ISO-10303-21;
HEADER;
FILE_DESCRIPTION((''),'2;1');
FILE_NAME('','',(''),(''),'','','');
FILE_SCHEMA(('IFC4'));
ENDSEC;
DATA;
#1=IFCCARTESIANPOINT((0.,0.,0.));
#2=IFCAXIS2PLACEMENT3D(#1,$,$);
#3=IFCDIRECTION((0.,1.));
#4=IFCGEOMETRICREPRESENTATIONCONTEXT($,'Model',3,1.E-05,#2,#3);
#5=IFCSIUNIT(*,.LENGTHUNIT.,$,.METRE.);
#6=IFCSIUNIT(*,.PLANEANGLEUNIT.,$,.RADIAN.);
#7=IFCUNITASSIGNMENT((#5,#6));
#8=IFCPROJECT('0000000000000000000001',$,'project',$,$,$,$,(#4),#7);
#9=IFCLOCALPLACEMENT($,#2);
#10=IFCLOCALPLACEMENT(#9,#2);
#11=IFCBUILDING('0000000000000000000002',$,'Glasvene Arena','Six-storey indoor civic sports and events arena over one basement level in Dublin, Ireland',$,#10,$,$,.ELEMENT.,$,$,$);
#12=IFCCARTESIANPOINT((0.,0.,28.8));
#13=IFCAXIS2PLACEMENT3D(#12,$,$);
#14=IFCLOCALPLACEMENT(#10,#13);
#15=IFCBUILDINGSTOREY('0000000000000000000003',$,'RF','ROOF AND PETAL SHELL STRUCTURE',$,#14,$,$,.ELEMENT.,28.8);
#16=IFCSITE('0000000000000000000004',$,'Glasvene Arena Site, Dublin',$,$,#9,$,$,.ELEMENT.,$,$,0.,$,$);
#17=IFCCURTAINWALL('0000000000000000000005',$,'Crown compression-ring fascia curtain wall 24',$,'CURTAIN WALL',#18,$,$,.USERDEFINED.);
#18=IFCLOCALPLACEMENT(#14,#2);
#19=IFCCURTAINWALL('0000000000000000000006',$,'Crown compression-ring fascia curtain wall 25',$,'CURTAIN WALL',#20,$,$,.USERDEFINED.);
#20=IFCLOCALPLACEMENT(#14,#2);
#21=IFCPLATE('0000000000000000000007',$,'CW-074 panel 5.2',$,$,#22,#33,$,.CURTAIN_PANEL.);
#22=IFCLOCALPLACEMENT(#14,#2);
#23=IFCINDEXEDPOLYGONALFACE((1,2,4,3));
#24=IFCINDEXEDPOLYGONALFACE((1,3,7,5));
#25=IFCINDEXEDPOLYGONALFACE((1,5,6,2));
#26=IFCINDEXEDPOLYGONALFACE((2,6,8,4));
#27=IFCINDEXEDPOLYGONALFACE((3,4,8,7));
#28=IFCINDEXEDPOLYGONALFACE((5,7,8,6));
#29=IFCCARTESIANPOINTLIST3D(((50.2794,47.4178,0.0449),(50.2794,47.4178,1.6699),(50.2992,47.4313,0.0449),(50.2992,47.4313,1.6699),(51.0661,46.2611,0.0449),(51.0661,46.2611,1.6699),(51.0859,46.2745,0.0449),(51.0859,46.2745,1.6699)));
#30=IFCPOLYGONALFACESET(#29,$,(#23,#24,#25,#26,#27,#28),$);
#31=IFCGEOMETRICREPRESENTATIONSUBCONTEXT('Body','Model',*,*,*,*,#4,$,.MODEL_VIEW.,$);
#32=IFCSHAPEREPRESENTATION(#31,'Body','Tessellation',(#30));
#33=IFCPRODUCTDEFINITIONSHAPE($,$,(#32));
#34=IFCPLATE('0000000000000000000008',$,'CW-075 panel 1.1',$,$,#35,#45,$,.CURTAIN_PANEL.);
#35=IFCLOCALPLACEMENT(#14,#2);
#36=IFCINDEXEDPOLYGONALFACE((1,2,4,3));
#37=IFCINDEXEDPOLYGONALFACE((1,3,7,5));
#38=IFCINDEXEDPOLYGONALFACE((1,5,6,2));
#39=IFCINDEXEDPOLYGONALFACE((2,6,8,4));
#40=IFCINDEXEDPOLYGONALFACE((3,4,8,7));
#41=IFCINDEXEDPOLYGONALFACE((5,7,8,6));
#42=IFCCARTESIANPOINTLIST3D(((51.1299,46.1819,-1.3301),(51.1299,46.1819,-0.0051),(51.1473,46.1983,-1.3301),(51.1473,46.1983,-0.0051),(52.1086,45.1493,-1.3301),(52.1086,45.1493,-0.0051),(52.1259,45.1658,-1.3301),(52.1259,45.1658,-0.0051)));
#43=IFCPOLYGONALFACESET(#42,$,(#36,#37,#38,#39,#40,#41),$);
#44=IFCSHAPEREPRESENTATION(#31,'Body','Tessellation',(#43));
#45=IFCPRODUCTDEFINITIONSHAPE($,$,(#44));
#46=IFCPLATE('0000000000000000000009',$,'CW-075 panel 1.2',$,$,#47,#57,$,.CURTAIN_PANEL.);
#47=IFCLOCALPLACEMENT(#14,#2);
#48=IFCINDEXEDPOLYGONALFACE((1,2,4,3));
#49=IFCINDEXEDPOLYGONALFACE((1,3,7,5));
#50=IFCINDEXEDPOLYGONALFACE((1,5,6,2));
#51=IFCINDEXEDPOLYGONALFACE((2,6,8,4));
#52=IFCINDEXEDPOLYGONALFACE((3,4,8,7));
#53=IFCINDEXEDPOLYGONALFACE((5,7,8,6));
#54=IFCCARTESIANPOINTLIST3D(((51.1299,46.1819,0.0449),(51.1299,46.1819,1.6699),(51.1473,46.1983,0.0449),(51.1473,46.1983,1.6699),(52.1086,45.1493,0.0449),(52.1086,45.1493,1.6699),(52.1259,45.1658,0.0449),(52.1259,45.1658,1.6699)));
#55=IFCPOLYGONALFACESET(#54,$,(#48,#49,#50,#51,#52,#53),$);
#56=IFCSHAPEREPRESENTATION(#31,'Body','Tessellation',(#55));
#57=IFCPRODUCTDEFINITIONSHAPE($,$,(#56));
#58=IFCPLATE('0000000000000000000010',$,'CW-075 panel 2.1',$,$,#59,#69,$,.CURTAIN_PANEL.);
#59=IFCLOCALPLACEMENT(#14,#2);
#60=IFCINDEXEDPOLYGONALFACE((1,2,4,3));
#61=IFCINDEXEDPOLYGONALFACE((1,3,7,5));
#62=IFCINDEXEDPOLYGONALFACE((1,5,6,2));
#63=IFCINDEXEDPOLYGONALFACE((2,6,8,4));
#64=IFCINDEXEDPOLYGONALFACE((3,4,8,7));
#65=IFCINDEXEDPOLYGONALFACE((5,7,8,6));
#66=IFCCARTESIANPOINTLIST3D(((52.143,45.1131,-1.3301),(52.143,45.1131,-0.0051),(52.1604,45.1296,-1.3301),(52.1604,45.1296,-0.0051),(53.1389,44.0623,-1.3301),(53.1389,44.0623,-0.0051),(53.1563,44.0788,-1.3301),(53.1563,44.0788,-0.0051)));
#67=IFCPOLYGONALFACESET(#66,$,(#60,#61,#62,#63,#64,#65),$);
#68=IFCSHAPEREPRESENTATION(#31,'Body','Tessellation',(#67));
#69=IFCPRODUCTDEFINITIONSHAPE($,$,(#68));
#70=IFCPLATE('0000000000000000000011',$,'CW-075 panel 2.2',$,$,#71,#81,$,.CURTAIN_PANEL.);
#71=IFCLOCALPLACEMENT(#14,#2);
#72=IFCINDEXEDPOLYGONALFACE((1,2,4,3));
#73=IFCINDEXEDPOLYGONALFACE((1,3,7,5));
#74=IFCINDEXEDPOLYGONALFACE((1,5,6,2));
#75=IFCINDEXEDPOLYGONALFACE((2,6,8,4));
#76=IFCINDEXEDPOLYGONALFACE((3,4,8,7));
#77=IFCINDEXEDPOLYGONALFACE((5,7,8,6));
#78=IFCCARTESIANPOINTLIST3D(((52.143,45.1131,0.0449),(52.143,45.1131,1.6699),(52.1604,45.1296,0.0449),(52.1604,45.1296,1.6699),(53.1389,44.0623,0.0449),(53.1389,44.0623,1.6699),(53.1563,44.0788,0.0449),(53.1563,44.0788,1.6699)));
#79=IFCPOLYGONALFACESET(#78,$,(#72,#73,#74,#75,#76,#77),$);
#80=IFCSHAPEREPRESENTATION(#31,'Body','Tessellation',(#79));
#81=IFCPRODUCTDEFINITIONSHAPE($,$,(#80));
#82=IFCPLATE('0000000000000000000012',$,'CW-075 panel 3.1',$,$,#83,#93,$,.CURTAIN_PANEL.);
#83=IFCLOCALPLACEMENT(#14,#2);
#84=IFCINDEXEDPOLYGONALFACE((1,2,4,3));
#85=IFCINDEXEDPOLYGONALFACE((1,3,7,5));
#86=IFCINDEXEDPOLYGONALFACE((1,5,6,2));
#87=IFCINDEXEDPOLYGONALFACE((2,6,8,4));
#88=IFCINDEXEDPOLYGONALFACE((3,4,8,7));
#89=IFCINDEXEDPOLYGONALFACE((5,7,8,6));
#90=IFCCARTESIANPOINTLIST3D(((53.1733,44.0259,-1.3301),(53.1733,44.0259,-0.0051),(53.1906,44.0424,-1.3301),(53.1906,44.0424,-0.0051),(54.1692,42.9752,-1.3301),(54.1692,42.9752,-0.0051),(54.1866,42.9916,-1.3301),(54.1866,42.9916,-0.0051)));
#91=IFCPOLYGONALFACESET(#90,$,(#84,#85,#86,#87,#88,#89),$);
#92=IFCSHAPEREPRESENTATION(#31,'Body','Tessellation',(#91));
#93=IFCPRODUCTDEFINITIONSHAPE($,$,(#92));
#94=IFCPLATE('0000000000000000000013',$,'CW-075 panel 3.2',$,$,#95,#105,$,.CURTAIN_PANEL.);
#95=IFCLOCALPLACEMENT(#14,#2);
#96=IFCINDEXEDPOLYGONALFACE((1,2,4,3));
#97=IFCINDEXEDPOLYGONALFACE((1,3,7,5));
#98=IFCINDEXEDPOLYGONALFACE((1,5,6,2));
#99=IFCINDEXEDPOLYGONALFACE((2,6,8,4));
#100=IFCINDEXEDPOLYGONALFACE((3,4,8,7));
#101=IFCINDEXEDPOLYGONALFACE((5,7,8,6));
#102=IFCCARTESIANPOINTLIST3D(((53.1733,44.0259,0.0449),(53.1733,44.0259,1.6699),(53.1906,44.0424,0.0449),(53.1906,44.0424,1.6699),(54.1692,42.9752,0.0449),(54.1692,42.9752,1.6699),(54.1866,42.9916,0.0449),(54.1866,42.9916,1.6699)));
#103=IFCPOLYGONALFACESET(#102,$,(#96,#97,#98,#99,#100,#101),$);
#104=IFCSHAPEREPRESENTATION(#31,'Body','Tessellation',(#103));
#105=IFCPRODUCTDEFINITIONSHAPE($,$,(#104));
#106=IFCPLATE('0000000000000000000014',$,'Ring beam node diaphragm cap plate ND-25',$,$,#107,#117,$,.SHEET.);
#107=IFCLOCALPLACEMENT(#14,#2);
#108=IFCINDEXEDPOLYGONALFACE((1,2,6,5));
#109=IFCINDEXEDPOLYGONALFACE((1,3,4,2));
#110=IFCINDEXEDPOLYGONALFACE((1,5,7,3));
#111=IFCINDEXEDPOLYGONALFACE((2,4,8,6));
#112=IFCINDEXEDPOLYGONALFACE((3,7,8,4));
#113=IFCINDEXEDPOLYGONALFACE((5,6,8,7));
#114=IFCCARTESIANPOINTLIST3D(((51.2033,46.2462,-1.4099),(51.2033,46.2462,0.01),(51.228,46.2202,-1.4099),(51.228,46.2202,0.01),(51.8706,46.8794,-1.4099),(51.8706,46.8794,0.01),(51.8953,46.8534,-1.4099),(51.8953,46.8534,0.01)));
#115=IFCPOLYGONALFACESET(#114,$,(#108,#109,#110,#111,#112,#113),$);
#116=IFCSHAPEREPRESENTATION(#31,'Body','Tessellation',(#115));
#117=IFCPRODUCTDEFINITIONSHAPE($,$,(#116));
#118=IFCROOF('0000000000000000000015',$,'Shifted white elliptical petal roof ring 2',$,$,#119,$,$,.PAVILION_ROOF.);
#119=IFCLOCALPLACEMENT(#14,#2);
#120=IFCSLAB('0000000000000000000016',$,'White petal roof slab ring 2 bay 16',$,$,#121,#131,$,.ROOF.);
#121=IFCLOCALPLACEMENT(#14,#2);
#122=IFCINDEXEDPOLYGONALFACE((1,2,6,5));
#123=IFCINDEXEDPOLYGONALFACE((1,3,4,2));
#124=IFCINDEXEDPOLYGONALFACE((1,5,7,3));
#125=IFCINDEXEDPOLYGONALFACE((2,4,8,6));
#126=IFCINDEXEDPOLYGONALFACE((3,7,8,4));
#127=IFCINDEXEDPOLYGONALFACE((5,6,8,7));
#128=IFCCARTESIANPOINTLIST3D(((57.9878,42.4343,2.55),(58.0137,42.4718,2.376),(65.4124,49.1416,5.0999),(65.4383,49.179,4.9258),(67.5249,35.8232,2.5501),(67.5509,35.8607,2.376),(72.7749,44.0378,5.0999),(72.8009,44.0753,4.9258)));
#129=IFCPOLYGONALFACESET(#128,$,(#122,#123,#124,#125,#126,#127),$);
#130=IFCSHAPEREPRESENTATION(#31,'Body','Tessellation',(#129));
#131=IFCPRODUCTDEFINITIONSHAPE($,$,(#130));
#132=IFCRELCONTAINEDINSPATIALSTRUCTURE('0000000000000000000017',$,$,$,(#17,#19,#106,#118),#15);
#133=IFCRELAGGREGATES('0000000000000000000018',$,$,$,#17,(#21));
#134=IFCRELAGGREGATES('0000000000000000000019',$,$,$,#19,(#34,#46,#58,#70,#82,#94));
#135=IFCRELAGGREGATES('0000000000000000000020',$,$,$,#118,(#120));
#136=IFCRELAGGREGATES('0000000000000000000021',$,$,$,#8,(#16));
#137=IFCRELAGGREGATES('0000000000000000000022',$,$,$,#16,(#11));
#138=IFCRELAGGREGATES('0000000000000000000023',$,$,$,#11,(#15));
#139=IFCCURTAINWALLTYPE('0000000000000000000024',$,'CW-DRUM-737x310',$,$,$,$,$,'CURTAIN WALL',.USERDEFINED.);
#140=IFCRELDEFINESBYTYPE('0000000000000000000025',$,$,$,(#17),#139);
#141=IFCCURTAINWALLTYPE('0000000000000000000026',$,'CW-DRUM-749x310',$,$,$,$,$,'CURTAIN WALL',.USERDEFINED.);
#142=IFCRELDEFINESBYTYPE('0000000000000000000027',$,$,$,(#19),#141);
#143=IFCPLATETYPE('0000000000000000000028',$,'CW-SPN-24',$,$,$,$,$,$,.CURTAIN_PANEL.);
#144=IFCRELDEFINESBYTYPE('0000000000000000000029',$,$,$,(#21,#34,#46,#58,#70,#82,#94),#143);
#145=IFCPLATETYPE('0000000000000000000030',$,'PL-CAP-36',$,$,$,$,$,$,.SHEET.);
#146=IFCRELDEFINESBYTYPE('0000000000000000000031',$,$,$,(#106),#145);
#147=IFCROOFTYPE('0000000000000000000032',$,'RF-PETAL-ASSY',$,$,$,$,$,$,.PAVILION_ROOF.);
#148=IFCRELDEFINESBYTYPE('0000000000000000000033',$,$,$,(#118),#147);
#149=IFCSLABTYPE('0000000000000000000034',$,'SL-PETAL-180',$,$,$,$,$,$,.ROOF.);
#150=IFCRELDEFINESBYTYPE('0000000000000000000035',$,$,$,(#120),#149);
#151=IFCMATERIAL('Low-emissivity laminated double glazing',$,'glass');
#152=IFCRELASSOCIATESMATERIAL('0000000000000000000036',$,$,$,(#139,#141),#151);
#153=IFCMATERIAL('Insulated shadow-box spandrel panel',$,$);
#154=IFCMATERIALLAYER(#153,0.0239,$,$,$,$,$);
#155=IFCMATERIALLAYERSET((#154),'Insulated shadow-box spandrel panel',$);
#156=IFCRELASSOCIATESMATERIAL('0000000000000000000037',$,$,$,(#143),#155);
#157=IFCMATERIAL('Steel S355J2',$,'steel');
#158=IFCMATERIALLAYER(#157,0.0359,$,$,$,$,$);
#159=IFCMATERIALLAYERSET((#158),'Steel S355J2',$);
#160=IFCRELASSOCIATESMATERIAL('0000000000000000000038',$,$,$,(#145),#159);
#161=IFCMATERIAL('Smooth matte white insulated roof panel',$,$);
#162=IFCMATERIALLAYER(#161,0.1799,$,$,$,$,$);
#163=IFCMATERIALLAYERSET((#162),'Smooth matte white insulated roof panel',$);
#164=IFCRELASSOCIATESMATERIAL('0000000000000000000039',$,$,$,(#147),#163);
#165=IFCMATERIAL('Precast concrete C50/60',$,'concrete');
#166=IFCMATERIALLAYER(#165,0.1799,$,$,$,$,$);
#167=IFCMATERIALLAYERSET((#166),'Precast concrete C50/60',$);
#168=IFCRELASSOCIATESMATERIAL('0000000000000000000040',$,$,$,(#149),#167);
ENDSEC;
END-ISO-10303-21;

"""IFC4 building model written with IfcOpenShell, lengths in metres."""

from ifc_helpers import new_model, si_unit, direction, frame, origin, origin_2d, place, context, subcontext, project, spatial, polyline, rectangle, outline, extrude, material, layer, layer_set, type_object, element, aggregate, save


model = new_model("IFC4")

# Units and contexts
model_context = context("Model", 3, precision=1e-05, world=origin(), true_north=direction((0.0, 1.0)))
body_context = subcontext(model_context, "Body", "Model", "MODEL_VIEW")
ifc_project = project(units=[si_unit("LENGTHUNIT", "METRE"), si_unit("PLANEANGLEUNIT", "RADIAN")], contexts=[model_context])

# Site, building, storey
site_placement = place(None, origin())
site = spatial("IfcSite", under=ifc_project, at=site_placement, Name="Glasvene Arena Site, Dublin", CompositionType="ELEMENT", RefElevation=0.0)
building_placement = place(site_placement, origin())
building = spatial("IfcBuilding", under=site, at=building_placement, Name="Glasvene Arena", Description="Six-storey indoor civic sports and events arena over one basement level in Dublin, Ireland", CompositionType="ELEMENT")
storey_placement = place(building_placement, frame((0.0, 0.0, 28.8)))
storey = spatial("IfcBuildingStorey", under=building, at=storey_placement, Name="RF", Description="ROOF AND PETAL SHELL STRUCTURE", CompositionType="ELEMENT", Elevation=28.8)

# Shared definitions
ifc_material_1 = material(Name="Steel S355J2", Category="steel")

# Curtain walls
ifc_material_2 = material(Name="Low-emissivity laminated double glazing", Category="glass")
curtain_wall_type_1 = type_object("IfcCurtainWallType", Name="CW-DRUM-737x310", ElementType="CURTAIN WALL", PredefinedType="USERDEFINED", material=ifc_material_2)
curtain_wall_1_placement = place(storey_placement, frame((46.9597, 52.3208, 0.0)))
curtain_wall_1 = element("IfcCurtainWall", 1, at=curtain_wall_1_placement, inside=storey, type_object=curtain_wall_type_1, Name="Crown compression-ring fascia curtain wall 24", ObjectType="CURTAIN WALL", PredefinedType="USERDEFINED")
curtain_wall_type_2 = type_object("IfcCurtainWallType", Name="CW-DRUM-749x310", ElementType="CURTAIN WALL", PredefinedType="USERDEFINED", material=ifc_material_2)
curtain_wall_2_placement = place(storey_placement, frame((51.1042, 46.2263, 0.0)))
curtain_wall_2 = element("IfcCurtainWall", 2, at=curtain_wall_2_placement, inside=storey, type_object=curtain_wall_type_2, Name="Crown compression-ring fascia curtain wall 25", ObjectType="CURTAIN WALL", PredefinedType="USERDEFINED")

# Plates
ifc_material_3 = material(Name="Insulated shadow-box spandrel panel")
ifc_layer_1 = layer(ifc_material_3, 0.0239)
ifc_layer_set_1 = layer_set([ifc_layer_1], Name="Insulated shadow-box spandrel panel")
plate_type_1 = type_object("IfcPlateType", Name="CW-SPN-24", PredefinedType="CURTAIN_PANEL", material=ifc_layer_set_1)
plate_1_placement = place(storey_placement, frame((50.6826, 46.8462, 0.0449), z_axis=(0.0, 0.0, 1.0), x_axis=(0.562354, -0.826896, 0.0)))
plate_1 = element("IfcPlate", 3, at=plate_1_placement, type_object=plate_type_1, Name="CW-074 panel 5.2", PredefinedType="CURTAIN_PANEL", context=body_context, shape_type="SweptSolid", body=[
    extrude(rectangle(XDim=1.3989, YDim=0.0239, at=origin_2d()), origin(), (0.0, 0.0, 1.0), 1.625),
])
aggregate(curtain_wall_1, [plate_1])
plate_2_placement = place(storey_placement, frame((51.6279, 45.6738, -1.3301), z_axis=(0.0, 0.0, 1.0), x_axis=(0.687925, -0.725782, 0.0)))
plate_2 = element("IfcPlate", 4, at=plate_2_placement, type_object=plate_type_1, Name="CW-075 panel 1.1", PredefinedType="CURTAIN_PANEL", context=body_context, shape_type="SweptSolid", body=[
    extrude(rectangle(XDim=1.4226, YDim=0.0239, at=origin_2d()), origin(), (0.0, 0.0, 1.0), 1.325),
])
plate_3_placement = place(storey_placement, frame((51.6279, 45.6738, 0.0449), z_axis=(0.0, 0.0, 1.0), x_axis=(0.687925, -0.725782, 0.0)))
plate_3 = element("IfcPlate", 5, at=plate_3_placement, type_object=plate_type_1, Name="CW-075 panel 1.2", PredefinedType="CURTAIN_PANEL", context=body_context, shape_type="SweptSolid", body=[
    extrude(rectangle(XDim=1.4226, YDim=0.0239, at=origin_2d()), origin(), (0.0, 0.0, 1.0), 1.625),
])
plate_4_placement = place(storey_placement, frame((52.6497, 44.5959, -1.3301), z_axis=(0.0, 0.0, 1.0), x_axis=(0.687925, -0.725782, 0.0)))
plate_4 = element("IfcPlate", 6, at=plate_4_placement, type_object=plate_type_1, Name="CW-075 panel 2.1", PredefinedType="CURTAIN_PANEL", context=body_context, shape_type="SweptSolid", body=[
    extrude(rectangle(XDim=1.4478, YDim=0.0239, at=origin_2d()), origin(), (0.0, 0.0, 1.0), 1.325),
])
plate_5_placement = place(storey_placement, frame((52.6497, 44.5959, 0.0449), z_axis=(0.0, 0.0, 1.0), x_axis=(0.687925, -0.725782, 0.0)))
plate_5 = element("IfcPlate", 7, at=plate_5_placement, type_object=plate_type_1, Name="CW-075 panel 2.2", PredefinedType="CURTAIN_PANEL", context=body_context, shape_type="SweptSolid", body=[
    extrude(rectangle(XDim=1.4478, YDim=0.0239, at=origin_2d()), origin(), (0.0, 0.0, 1.0), 1.625),
])
plate_6_placement = place(storey_placement, frame((53.6799, 43.5088, -1.3301), z_axis=(0.0, 0.0, 1.0), x_axis=(0.687925, -0.725782, 0.0)))
plate_6 = element("IfcPlate", 8, at=plate_6_placement, type_object=plate_type_1, Name="CW-075 panel 3.1", PredefinedType="CURTAIN_PANEL", context=body_context, shape_type="SweptSolid", body=[
    extrude(rectangle(XDim=1.4478, YDim=0.0239, at=origin_2d()), origin(), (0.0, 0.0, 1.0), 1.325),
])
plate_7_placement = place(storey_placement, frame((53.6799, 43.5088, 0.0449), z_axis=(0.0, 0.0, 1.0), x_axis=(0.687925, -0.725782, 0.0)))
plate_7 = element("IfcPlate", 9, at=plate_7_placement, type_object=plate_type_1, Name="CW-075 panel 3.2", PredefinedType="CURTAIN_PANEL", context=body_context, shape_type="SweptSolid", body=[
    extrude(rectangle(XDim=1.4478, YDim=0.0239, at=origin_2d()), origin(), (0.0, 0.0, 1.0), 1.625),
])
aggregate(curtain_wall_2, [plate_2, plate_3, plate_4, plate_5, plate_6, plate_7])
ifc_layer_2 = layer(ifc_material_1, 0.0359)
ifc_layer_set_2 = layer_set([ifc_layer_2], Name="Steel S355J2")
plate_type_2 = type_object("IfcPlateType", Name="PL-CAP-36", PredefinedType="SHEET", material=ifc_layer_set_2)
plate_8_placement = place(storey_placement, frame((51.5493, 46.5498, -1.4099), z_axis=(0.0, 0.0, 1.0), x_axis=(0.688355, -0.725374, 0.0)))
element("IfcPlate", 10, at=plate_8_placement, inside=storey, type_object=plate_type_2, Name="Ring beam node diaphragm cap plate ND-25", PredefinedType="SHEET", context=body_context, shape_type="SweptSolid", body=[
    extrude(rectangle(XDim=0.0359, YDim=0.9199, at=origin_2d()), origin(), (0.0, 0.0, 1.0), 1.4199),
])

# Roof, slab
ifc_material_4 = material(Name="Smooth matte white insulated roof panel")
ifc_layer_3 = layer(ifc_material_4, 0.1799)
ifc_layer_set_3 = layer_set([ifc_layer_3], Name="Smooth matte white insulated roof panel")
roof_type = type_object("IfcRoofType", Name="RF-PETAL-ASSY", PredefinedType="PAVILION_ROOF", material=ifc_layer_set_3)
roof_placement = place(storey_placement, frame((90.55, 71.8501, 2.55)))
roof = element("IfcRoof", 11, at=roof_placement, inside=storey, type_object=roof_type, Name="Shifted white elliptical petal roof ring 2", PredefinedType="PAVILION_ROOF")
ifc_material_5 = material(Name="Precast concrete C50/60", Category="concrete")
ifc_layer_4 = layer(ifc_material_5, 0.1799)
ifc_layer_set_4 = layer_set([ifc_layer_4], Name="Precast concrete C50/60")
slab_type = type_object("IfcSlabType", Name="SL-PETAL-180", PredefinedType="ROOF", material=ifc_layer_set_4)
slab_placement = place(storey_placement, frame((57.9878, 42.4343, 2.55), z_axis=(-0.14425, -0.208093, 0.967414), x_axis=(0.82185, -0.569703, 0.000001)))
slab = element("IfcSlab", 12, at=slab_placement, type_object=slab_type, Name="White petal roof slab ring 2 bay 16", PredefinedType="ROOF", context=body_context, shape_type="SweptSolid", body=[
    extrude(outline(polyline([(0.0, 0.0), (11.6044, 0.0), (11.2393, 10.0703), (2.2807, 10.0703), (0.0, 0.0)])), origin(), (0.0, 0.0, -1.0), 0.1799),
])
aggregate(roof, [slab])

save(model, "model.ifc")
